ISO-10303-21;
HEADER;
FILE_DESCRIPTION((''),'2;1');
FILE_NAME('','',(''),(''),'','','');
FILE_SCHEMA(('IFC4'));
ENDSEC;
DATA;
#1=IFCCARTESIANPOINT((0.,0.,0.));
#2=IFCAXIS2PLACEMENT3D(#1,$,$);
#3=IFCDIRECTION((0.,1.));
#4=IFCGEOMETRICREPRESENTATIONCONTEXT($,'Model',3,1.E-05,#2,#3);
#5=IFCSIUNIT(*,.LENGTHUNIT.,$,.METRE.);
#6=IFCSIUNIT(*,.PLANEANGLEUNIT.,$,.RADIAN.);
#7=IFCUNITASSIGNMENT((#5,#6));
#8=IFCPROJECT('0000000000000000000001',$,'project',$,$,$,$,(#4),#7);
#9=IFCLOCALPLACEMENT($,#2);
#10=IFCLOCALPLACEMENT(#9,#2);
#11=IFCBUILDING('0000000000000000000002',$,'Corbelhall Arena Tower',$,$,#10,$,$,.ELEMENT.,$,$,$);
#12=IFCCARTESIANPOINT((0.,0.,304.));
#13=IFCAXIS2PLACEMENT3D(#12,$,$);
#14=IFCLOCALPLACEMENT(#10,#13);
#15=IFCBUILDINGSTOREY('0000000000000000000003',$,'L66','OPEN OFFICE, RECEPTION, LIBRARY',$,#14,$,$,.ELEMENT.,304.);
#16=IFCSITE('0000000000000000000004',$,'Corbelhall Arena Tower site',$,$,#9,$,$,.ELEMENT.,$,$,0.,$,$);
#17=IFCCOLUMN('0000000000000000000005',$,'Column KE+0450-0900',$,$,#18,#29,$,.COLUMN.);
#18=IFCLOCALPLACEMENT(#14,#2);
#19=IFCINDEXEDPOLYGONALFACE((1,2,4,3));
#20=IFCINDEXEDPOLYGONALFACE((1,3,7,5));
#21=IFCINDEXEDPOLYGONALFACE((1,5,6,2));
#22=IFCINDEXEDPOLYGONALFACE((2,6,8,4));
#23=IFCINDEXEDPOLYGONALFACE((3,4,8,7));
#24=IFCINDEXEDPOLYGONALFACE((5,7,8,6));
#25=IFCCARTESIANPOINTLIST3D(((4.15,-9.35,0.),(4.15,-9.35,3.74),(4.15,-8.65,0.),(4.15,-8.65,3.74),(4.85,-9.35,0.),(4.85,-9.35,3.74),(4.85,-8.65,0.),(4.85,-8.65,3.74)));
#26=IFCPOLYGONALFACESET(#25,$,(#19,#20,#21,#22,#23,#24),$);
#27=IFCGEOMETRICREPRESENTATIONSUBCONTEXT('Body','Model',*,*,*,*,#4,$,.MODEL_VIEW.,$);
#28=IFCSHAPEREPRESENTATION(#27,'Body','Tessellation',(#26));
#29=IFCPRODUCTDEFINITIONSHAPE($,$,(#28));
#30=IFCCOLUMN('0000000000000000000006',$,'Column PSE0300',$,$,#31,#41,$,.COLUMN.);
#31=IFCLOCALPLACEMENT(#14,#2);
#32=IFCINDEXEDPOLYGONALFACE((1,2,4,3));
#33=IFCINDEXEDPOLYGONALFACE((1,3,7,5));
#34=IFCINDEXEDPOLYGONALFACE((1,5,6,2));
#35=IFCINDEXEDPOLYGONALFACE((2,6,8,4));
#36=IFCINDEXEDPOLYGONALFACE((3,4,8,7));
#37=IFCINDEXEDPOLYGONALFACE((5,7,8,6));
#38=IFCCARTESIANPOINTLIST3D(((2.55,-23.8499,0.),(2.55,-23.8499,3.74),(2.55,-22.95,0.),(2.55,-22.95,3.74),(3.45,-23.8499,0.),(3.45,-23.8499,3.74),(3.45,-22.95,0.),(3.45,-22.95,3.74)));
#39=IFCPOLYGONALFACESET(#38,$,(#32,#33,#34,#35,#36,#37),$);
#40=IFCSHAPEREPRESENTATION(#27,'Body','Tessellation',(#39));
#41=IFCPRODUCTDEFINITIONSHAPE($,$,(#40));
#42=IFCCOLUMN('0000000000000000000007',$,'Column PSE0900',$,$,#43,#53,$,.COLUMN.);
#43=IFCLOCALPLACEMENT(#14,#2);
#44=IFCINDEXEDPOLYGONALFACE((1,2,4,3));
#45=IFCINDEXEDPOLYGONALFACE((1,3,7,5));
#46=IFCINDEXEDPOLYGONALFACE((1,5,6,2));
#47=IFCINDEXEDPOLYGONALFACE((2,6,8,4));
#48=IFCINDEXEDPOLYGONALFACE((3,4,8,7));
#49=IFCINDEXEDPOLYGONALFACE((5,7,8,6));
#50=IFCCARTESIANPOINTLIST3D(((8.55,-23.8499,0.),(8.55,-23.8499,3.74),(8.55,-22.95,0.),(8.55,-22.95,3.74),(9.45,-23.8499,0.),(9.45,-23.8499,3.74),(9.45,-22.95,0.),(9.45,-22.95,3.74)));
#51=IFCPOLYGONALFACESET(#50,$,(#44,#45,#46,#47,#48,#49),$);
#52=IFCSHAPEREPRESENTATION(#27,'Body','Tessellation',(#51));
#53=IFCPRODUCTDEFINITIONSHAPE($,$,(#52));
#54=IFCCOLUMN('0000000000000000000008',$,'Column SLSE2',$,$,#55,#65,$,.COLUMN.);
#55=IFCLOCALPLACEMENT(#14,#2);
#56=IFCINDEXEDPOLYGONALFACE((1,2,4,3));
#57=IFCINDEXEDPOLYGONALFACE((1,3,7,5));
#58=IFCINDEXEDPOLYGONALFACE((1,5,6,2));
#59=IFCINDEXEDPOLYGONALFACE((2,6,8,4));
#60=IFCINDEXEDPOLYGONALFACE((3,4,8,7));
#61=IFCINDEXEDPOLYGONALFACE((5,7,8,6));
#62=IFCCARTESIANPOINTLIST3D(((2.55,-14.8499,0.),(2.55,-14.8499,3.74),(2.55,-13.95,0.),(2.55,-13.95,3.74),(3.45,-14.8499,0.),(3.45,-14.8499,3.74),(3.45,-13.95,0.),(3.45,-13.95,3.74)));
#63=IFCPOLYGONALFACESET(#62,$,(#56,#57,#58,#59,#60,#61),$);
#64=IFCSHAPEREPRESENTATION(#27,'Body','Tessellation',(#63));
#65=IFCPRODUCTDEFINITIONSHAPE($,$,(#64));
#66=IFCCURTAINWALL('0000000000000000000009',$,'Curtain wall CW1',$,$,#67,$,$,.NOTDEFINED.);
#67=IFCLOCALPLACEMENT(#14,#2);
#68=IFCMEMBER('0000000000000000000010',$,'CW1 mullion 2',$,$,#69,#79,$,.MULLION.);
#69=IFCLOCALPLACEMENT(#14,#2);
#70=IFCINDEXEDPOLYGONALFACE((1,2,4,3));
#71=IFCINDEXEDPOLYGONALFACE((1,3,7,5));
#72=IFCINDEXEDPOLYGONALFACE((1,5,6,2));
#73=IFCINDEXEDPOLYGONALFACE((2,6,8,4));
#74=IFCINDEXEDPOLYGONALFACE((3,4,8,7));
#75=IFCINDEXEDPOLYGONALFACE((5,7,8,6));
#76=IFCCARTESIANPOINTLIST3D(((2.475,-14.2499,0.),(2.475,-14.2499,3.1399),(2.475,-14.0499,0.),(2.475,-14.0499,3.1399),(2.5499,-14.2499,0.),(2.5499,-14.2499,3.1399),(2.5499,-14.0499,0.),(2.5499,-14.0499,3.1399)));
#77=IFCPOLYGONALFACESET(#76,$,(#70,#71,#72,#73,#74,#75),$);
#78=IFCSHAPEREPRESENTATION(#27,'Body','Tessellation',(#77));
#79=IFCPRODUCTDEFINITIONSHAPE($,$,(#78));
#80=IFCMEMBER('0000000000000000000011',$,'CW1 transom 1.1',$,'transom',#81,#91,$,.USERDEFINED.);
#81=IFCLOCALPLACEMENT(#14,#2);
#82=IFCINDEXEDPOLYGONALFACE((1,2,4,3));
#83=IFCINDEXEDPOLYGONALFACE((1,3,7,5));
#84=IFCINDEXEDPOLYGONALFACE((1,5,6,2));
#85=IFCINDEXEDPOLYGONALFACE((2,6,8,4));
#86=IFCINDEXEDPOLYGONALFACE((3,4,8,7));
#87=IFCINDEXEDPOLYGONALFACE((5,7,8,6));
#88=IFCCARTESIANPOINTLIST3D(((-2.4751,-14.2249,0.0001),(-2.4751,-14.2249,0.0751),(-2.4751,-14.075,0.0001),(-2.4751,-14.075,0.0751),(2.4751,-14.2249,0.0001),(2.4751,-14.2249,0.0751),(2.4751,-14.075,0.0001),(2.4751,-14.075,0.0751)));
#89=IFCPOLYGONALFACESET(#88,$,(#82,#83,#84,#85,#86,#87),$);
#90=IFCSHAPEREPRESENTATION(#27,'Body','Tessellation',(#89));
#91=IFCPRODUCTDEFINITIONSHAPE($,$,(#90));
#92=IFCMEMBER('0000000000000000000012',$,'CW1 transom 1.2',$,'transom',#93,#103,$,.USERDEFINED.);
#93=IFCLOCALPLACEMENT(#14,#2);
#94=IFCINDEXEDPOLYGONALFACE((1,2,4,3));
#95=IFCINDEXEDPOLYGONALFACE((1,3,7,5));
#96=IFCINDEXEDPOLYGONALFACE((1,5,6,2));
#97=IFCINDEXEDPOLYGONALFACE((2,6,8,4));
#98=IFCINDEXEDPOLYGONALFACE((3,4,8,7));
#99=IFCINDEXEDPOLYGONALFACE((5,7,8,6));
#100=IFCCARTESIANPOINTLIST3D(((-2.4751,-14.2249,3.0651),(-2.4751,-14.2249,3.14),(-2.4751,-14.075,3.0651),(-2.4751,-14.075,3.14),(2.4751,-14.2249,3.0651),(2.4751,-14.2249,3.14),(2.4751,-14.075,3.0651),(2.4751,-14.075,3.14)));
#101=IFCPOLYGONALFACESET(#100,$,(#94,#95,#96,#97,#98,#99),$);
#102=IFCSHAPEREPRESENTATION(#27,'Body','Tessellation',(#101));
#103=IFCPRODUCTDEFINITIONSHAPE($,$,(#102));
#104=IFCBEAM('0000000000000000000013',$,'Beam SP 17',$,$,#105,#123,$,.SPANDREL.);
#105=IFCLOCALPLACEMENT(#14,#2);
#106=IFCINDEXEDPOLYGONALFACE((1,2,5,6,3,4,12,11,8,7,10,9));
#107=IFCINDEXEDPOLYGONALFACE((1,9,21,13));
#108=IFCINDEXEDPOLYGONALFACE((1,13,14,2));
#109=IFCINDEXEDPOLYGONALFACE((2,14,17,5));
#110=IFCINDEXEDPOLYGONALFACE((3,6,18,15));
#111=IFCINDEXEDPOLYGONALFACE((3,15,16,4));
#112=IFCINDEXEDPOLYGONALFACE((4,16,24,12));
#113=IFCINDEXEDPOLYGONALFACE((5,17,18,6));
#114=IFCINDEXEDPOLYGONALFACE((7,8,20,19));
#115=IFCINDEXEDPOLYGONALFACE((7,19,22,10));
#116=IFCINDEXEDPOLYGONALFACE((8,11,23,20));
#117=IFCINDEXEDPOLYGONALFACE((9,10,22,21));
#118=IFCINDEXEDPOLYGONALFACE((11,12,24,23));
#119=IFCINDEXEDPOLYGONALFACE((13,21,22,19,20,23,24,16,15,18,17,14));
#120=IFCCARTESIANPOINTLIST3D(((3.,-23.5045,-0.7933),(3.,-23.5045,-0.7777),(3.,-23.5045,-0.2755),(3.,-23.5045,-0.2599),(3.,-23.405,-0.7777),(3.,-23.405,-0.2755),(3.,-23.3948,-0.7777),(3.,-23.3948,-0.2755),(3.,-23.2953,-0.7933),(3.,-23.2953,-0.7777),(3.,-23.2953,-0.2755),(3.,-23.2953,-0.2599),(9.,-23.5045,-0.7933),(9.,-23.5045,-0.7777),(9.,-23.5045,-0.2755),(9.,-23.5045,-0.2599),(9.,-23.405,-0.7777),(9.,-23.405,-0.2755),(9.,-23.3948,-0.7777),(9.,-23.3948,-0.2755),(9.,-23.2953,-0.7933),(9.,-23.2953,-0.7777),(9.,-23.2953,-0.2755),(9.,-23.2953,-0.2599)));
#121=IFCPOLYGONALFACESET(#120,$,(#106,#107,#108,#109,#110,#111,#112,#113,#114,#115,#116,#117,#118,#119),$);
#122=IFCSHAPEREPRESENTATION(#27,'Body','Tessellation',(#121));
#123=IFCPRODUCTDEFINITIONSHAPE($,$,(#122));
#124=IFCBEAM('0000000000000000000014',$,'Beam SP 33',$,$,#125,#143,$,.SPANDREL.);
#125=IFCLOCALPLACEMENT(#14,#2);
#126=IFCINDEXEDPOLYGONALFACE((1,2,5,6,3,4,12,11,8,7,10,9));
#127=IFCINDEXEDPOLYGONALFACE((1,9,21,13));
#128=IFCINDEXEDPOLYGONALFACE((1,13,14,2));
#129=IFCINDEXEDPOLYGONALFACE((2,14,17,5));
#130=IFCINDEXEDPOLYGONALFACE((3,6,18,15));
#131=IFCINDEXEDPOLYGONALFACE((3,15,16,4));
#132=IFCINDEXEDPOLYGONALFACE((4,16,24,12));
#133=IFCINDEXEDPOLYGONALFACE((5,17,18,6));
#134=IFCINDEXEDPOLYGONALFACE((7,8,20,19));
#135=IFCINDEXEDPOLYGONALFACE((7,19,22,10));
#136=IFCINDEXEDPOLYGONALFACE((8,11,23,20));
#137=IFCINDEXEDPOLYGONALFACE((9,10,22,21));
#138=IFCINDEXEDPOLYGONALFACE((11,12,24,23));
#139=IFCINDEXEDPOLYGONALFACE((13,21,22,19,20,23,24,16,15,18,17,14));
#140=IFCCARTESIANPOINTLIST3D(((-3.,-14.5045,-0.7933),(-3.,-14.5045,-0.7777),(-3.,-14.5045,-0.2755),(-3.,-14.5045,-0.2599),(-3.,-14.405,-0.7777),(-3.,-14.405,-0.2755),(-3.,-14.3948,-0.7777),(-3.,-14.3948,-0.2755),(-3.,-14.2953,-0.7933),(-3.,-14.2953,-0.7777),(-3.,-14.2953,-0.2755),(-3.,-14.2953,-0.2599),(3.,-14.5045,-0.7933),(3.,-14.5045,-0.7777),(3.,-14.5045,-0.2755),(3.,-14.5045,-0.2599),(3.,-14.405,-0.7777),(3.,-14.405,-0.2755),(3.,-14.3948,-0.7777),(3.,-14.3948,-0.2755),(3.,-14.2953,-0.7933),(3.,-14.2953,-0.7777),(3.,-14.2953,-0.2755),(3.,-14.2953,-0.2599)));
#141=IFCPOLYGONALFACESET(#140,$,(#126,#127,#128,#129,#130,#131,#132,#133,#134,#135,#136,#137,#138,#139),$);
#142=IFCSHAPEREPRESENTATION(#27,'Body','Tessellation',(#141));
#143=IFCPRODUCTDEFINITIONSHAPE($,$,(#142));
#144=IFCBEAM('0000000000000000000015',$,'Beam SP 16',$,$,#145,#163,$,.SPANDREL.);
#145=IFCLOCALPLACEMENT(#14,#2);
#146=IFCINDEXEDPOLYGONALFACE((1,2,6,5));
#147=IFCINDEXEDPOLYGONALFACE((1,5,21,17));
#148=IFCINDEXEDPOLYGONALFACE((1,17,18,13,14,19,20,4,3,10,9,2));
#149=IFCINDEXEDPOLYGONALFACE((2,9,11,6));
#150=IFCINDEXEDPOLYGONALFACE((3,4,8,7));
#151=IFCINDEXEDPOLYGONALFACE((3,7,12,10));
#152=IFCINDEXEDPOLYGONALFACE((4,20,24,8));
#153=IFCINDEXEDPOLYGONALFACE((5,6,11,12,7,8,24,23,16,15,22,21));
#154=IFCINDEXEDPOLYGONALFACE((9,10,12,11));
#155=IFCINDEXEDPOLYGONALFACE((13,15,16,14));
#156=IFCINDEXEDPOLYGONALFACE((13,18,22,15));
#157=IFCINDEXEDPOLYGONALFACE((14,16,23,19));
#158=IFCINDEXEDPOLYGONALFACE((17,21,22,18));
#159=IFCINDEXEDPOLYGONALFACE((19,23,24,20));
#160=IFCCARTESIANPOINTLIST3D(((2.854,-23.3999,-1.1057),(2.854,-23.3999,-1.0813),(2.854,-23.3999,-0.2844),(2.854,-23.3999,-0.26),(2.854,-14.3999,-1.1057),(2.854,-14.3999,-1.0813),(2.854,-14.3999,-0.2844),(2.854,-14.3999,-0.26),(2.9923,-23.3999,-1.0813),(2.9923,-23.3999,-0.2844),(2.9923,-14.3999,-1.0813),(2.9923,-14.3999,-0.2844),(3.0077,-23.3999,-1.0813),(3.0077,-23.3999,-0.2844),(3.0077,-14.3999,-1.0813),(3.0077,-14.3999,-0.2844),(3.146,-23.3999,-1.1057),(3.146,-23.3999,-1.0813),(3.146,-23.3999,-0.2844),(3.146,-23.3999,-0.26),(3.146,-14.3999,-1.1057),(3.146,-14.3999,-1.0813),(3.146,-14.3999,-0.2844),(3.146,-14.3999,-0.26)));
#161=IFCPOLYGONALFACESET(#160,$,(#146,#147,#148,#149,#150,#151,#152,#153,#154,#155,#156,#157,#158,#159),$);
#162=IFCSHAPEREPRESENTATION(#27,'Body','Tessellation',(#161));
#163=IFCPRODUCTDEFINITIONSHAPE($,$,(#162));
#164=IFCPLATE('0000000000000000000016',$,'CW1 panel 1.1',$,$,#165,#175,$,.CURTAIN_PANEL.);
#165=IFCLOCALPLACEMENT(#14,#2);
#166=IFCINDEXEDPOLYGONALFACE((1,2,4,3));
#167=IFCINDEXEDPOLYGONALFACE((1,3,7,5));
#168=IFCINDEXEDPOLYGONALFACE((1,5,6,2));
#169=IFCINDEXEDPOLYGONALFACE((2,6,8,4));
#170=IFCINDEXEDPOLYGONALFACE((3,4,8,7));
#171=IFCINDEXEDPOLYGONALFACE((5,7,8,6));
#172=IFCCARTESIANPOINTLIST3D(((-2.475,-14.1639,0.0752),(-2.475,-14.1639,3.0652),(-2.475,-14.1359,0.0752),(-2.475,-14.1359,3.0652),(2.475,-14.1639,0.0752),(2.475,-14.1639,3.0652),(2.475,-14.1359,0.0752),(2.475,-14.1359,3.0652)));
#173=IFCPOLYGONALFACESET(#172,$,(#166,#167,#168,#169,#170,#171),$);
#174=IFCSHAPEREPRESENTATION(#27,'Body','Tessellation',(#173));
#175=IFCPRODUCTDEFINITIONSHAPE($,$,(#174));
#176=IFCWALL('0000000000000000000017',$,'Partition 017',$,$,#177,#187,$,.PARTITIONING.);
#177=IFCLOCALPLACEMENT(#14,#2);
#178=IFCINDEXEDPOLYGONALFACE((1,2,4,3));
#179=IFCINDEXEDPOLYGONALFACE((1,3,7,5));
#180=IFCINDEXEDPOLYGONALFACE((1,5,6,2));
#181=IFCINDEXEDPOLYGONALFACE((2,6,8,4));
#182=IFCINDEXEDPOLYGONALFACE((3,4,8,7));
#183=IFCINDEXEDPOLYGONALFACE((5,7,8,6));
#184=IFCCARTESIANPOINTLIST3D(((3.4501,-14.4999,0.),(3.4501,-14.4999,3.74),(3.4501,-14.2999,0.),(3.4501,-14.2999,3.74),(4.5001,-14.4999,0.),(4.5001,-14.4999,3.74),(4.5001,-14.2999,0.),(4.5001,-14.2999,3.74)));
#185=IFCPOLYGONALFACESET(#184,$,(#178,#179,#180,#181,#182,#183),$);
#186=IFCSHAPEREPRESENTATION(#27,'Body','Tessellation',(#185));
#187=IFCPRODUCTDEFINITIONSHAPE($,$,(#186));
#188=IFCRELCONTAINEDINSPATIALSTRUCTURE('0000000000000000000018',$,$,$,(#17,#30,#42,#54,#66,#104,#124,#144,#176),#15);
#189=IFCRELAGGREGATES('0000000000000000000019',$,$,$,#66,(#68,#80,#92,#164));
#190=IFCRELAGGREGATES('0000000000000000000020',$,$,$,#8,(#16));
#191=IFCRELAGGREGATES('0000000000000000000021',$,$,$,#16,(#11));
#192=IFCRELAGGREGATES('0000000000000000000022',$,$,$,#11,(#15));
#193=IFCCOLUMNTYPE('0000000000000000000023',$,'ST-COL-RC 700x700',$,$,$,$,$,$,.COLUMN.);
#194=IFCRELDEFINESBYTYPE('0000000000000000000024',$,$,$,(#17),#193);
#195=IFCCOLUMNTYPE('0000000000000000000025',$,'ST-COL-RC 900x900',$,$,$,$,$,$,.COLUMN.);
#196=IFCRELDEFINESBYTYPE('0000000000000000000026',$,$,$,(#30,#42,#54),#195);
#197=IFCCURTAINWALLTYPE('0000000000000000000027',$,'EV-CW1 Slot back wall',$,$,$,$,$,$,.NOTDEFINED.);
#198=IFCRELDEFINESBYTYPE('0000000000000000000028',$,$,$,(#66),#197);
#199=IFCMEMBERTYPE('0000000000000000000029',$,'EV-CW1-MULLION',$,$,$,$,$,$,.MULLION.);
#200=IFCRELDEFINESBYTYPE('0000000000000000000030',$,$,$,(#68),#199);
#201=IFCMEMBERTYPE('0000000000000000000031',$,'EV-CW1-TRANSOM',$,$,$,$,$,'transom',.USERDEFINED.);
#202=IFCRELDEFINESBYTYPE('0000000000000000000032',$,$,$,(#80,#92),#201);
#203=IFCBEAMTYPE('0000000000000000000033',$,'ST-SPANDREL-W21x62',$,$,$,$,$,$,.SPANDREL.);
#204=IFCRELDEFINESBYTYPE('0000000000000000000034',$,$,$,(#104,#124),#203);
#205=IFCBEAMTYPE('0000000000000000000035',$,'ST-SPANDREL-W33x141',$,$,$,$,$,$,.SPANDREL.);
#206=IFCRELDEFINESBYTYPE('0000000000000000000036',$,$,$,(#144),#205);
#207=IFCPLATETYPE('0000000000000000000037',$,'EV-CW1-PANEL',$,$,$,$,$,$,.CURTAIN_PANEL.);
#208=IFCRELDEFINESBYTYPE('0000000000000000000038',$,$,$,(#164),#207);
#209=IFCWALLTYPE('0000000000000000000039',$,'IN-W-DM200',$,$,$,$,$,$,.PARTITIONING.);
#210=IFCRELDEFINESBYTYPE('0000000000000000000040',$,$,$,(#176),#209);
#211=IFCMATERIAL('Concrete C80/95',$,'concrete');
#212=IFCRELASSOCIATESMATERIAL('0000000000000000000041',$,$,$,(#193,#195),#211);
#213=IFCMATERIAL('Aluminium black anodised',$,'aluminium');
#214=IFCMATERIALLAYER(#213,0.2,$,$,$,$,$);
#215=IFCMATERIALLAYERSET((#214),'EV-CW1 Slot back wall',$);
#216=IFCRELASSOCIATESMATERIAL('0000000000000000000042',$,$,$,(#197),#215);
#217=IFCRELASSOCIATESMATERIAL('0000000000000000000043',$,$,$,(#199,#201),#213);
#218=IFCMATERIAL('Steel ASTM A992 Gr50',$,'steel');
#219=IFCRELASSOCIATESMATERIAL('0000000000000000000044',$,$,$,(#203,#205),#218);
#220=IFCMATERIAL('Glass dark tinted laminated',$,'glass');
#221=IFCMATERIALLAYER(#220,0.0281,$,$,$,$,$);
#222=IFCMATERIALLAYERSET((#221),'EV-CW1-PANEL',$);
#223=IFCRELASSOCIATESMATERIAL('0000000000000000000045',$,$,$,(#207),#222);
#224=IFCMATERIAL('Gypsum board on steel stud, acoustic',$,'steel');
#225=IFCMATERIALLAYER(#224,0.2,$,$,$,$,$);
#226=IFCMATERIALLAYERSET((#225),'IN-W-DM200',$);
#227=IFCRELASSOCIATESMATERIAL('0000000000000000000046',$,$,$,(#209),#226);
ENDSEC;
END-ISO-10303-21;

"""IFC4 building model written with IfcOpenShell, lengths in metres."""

from ifc_helpers import new_model, si_unit, direction, frame, frame_2d, origin, origin_2d, place, context, subcontext, project, spatial, rectangle, i_section, extrude, material, layer, layer_set, material_profile, profile_set, type_object, element, aggregate, save


model = new_model("IFC4")

# Units and contexts
model_context = context("Model", 3, precision=1e-05, world=origin(), true_north=direction((0.0, 1.0)))
body_context = subcontext(model_context, "Body", "Model", "MODEL_VIEW")
ifc_project = project(units=[si_unit("LENGTHUNIT", "METRE"), si_unit("PLANEANGLEUNIT", "RADIAN")], contexts=[model_context])

# Site, building, storey
site_placement = place(None, origin())
site = spatial("IfcSite", under=ifc_project, at=site_placement, Name="Corbelhall Arena Tower site", CompositionType="ELEMENT", RefElevation=0.0)
building_placement = place(site_placement, origin())
building = spatial("IfcBuilding", under=site, at=building_placement, Name="Corbelhall Arena Tower", CompositionType="ELEMENT")
storey_placement = place(building_placement, frame((0.0, 0.0, 304.0)))
storey = spatial("IfcBuildingStorey", under=building, at=storey_placement, Name="L66", Description="OPEN OFFICE, RECEPTION, LIBRARY", CompositionType="ELEMENT", Elevation=304.0)

# Columns
ifc_material_1 = material(Name="Concrete C80/95", Category="concrete")
ifc_material_profile_1 = material_profile(ifc_material_1, rectangle(XDim=0.7, YDim=0.7, at=origin_2d()))
ifc_profile_set_1 = profile_set([ifc_material_profile_1], Name="Concrete C80/95")
column_type_1 = type_object("IfcColumnType", Name="ST-COL-RC 700x700", PredefinedType="COLUMN", material=ifc_profile_set_1)
column_placement = place(storey_placement, frame((4.5, -9.0, 0.0), z_axis=(0.0, 0.0, 1.0), x_axis=(1.0, 0.0, 0.0)))
element("IfcColumn", 1, at=column_placement, inside=storey, type_object=column_type_1, Name="Column KE+0450-0900", PredefinedType="COLUMN", context=body_context, shape_type="SweptSolid", body=[
    extrude(rectangle(XDim=0.7, YDim=0.7, at=origin_2d()), origin(), (0.0, 0.0, 1.0), 3.74),
])
ifc_material_profile_2 = material_profile(ifc_material_1, rectangle(XDim=0.8999, YDim=0.8999, at=origin_2d()))
ifc_profile_set_2 = profile_set([ifc_material_profile_2], Name="Concrete C80/95")
column_type_2 = type_object("IfcColumnType", Name="ST-COL-RC 900x900", PredefinedType="COLUMN", material=ifc_profile_set_2)
for number, where, z_axis, x_axis, name in (
    (2, (3.0, -23.3999, 0.0), (0.0, 0.0, 1.0), (1.0, 0.0, 0.0), "Column PSE0300"),
    (3, (9.0, -23.3999, 0.0), (0.0, 0.0, 1.0), (1.0, 0.0, 0.0), "Column PSE0900"),
    (4, (3.0, -14.3999, 0.0), (0.0, 0.0, 1.0), (1.0, 0.0, 0.0), "Column SLSE2"),
):
    element("IfcColumn", number, at=place(storey_placement, frame(where, z_axis=z_axis, x_axis=x_axis)), inside=storey, type_object=column_type_2, Name=name, PredefinedType="COLUMN", context=body_context, shape_type="SweptSolid", body=[
        extrude(rectangle(XDim=0.8999, YDim=0.8999, at=origin_2d()), origin(), (0.0, 0.0, 1.0), 3.74),
    ])

# Curtain wall, members
ifc_material_2 = material(Name="Aluminium black anodised", Category="aluminium")
ifc_layer_1 = layer(ifc_material_2, 0.2)
ifc_layer_set_1 = layer_set([ifc_layer_1], Name="EV-CW1 Slot back wall")
curtain_wall_type = type_object("IfcCurtainWallType", Name="EV-CW1 Slot back wall", PredefinedType="NOTDEFINED", material=ifc_layer_set_1)
curtain_wall_placement = place(storey_placement, origin())
curtain_wall = element("IfcCurtainWall", 5, at=curtain_wall_placement, inside=storey, type_object=curtain_wall_type, Name="Curtain wall CW1", PredefinedType="NOTDEFINED")
ifc_material_profile_3 = material_profile(ifc_material_2, rectangle(XDim=0.2, YDim=0.075, at=origin_2d()))
ifc_profile_set_3 = profile_set([ifc_material_profile_3], Name="Aluminium black anodised")
member_type_1 = type_object("IfcMemberType", Name="EV-CW1-MULLION", PredefinedType="MULLION", material=ifc_profile_set_3)
member_1_placement = place(storey_placement, frame((2.5125, -14.1499, 0.0), z_axis=(0.0, 0.0, 1.0), x_axis=(0.0, 1.0, 0.0)))
member_1 = element("IfcMember", 6, at=member_1_placement, type_object=member_type_1, Name="CW1 mullion 2", PredefinedType="MULLION", context=body_context, shape_type="SweptSolid", body=[
    extrude(rectangle(XDim=0.2, YDim=0.075, at=origin_2d()), origin(), (0.0, 0.0, 1.0), 3.1399),
])
ifc_material_profile_4 = material_profile(ifc_material_2, rectangle(XDim=0.1499, YDim=0.075, at=origin_2d()))
ifc_profile_set_4 = profile_set([ifc_material_profile_4], Name="Aluminium black anodised")
member_type_2 = type_object("IfcMemberType", Name="EV-CW1-TRANSOM", ElementType="transom", PredefinedType="USERDEFINED", material=ifc_profile_set_4)
member_2_placement = place(storey_placement, frame((-2.4751, -14.1499, 0.0376), z_axis=(1.0, 0.0, 0.0), x_axis=(0.0, 1.0, 0.0)))
member_2 = element("IfcMember", 7, at=member_2_placement, type_object=member_type_2, Name="CW1 transom 1.1", ObjectType="transom", PredefinedType="USERDEFINED", context=body_context, shape_type="SweptSolid", body=[
    extrude(rectangle(XDim=0.1499, YDim=0.075, at=origin_2d()), origin(), (0.0, 0.0, 1.0), 4.9502),
])
member_3_placement = place(storey_placement, frame((-2.4751, -14.1499, 3.1025), z_axis=(1.0, 0.0, 0.0), x_axis=(0.0, 1.0, 0.0)))
member_3 = element("IfcMember", 8, at=member_3_placement, type_object=member_type_2, Name="CW1 transom 1.2", ObjectType="transom", PredefinedType="USERDEFINED", context=body_context, shape_type="SweptSolid", body=[
    extrude(rectangle(XDim=0.1499, YDim=0.075, at=origin_2d()), origin(), (0.0, 0.0, 1.0), 4.9502),
])

# Beams
ifc_material_3 = material(Name="Steel ASTM A992 Gr50", Category="steel")
ifc_material_profile_5 = material_profile(ifc_material_3, i_section(OverallWidth=0.2092, OverallDepth=0.5334, WebThickness=0.0103, FlangeThickness=0.0156, at=origin_2d()))
ifc_profile_set_5 = profile_set([ifc_material_profile_5], Name="Steel ASTM A992 Gr50")
beam_type_1 = type_object("IfcBeamType", Name="ST-SPANDREL-W21x62", PredefinedType="SPANDREL", material=ifc_profile_set_5)
for number, where, z_axis, x_axis, name in (
    (9, (9.0, -23.3999, -0.5266), (-1.0, 0.0, 0.0), (0.0, -1.0, 0.0), "Beam SP 17"),
    (10, (3.0, -14.3999, -0.5266), (-1.0, 0.0, 0.0), (0.0, -1.0, 0.0), "Beam SP 33"),
):
    element("IfcBeam", number, at=place(storey_placement, frame(where, z_axis=z_axis, x_axis=x_axis)), inside=storey, type_object=beam_type_1, Name=name, PredefinedType="SPANDREL", context=body_context, shape_type="SweptSolid", body=[
        extrude(i_section(OverallWidth=0.2092, OverallDepth=0.5334, WebThickness=0.0103, FlangeThickness=0.0156, at=origin_2d()), origin(), (0.0, 0.0, 1.0), 6.0),
    ])
ifc_material_profile_6 = material_profile(ifc_material_3, i_section(OverallWidth=0.292, OverallDepth=0.8457, WebThickness=0.0154, FlangeThickness=0.0244, at=origin_2d()))
ifc_profile_set_6 = profile_set([ifc_material_profile_6], Name="Steel ASTM A992 Gr50")
beam_type_2 = type_object("IfcBeamType", Name="ST-SPANDREL-W33x141", PredefinedType="SPANDREL", material=ifc_profile_set_6)
beam_placement = place(storey_placement, frame((3.0, -23.3999, -0.6829), z_axis=(0.0, 1.0, 0.0), x_axis=(-1.0, 0.0, 0.0)))
element("IfcBeam", 11, at=beam_placement, inside=storey, type_object=beam_type_2, Name="Beam SP 16", PredefinedType="SPANDREL", context=body_context, shape_type="SweptSolid", body=[
    extrude(i_section(OverallWidth=0.292, OverallDepth=0.8457, WebThickness=0.0154, FlangeThickness=0.0244, at=origin_2d()), origin(), (0.0, 0.0, 1.0), 9.0),
])

# Plate
ifc_material_4 = material(Name="Glass dark tinted laminated", Category="glass")
ifc_layer_2 = layer(ifc_material_4, 0.0281)
ifc_layer_set_2 = layer_set([ifc_layer_2], Name="EV-CW1-PANEL")
plate_type = type_object("IfcPlateType", Name="EV-CW1-PANEL", PredefinedType="CURTAIN_PANEL", material=ifc_layer_set_2)
plate_placement = place(storey_placement, frame((0.0, -14.1499, 0.0752), z_axis=(0.0, 0.0, 1.0), x_axis=(1.0, 0.0, 0.0)))
plate = element("IfcPlate", 12, at=plate_placement, type_object=plate_type, Name="CW1 panel 1.1", PredefinedType="CURTAIN_PANEL", context=body_context, shape_type="SweptSolid", body=[
    extrude(rectangle(XDim=4.95, YDim=0.0281, at=origin_2d()), origin(), (0.0, 0.0, 1.0), 2.99),
])
aggregate(curtain_wall, [member_1, member_2, member_3, plate])

# Wall
ifc_material_5 = material(Name="Gypsum board on steel stud, acoustic", Category="steel")
ifc_layer_3 = layer(ifc_material_5, 0.2)
ifc_layer_set_3 = layer_set([ifc_layer_3], Name="IN-W-DM200")
wall_type_1 = type_object("IfcWallType", Name="IN-W-DM200", PredefinedType="PARTITIONING", material=ifc_layer_set_3)
wall_1_placement = place(storey_placement, frame((4.5, -14.3999, 0.0), z_axis=(0.0, 0.0, 1.0), x_axis=(-1.0, 0.0, 0.0)))
element("IfcWall", 13, at=wall_1_placement, inside=storey, type_object=wall_type_1, Name="Partition 017", PredefinedType="PARTITIONING", context=body_context, shape_type="SweptSolid", body=[
    extrude(rectangle(XDim=1.05, YDim=0.2, at=frame_2d((0.5249, 0.0))), origin(), (0.0, 0.0, 1.0), 3.74),
])

save(model, "model.ifc")
